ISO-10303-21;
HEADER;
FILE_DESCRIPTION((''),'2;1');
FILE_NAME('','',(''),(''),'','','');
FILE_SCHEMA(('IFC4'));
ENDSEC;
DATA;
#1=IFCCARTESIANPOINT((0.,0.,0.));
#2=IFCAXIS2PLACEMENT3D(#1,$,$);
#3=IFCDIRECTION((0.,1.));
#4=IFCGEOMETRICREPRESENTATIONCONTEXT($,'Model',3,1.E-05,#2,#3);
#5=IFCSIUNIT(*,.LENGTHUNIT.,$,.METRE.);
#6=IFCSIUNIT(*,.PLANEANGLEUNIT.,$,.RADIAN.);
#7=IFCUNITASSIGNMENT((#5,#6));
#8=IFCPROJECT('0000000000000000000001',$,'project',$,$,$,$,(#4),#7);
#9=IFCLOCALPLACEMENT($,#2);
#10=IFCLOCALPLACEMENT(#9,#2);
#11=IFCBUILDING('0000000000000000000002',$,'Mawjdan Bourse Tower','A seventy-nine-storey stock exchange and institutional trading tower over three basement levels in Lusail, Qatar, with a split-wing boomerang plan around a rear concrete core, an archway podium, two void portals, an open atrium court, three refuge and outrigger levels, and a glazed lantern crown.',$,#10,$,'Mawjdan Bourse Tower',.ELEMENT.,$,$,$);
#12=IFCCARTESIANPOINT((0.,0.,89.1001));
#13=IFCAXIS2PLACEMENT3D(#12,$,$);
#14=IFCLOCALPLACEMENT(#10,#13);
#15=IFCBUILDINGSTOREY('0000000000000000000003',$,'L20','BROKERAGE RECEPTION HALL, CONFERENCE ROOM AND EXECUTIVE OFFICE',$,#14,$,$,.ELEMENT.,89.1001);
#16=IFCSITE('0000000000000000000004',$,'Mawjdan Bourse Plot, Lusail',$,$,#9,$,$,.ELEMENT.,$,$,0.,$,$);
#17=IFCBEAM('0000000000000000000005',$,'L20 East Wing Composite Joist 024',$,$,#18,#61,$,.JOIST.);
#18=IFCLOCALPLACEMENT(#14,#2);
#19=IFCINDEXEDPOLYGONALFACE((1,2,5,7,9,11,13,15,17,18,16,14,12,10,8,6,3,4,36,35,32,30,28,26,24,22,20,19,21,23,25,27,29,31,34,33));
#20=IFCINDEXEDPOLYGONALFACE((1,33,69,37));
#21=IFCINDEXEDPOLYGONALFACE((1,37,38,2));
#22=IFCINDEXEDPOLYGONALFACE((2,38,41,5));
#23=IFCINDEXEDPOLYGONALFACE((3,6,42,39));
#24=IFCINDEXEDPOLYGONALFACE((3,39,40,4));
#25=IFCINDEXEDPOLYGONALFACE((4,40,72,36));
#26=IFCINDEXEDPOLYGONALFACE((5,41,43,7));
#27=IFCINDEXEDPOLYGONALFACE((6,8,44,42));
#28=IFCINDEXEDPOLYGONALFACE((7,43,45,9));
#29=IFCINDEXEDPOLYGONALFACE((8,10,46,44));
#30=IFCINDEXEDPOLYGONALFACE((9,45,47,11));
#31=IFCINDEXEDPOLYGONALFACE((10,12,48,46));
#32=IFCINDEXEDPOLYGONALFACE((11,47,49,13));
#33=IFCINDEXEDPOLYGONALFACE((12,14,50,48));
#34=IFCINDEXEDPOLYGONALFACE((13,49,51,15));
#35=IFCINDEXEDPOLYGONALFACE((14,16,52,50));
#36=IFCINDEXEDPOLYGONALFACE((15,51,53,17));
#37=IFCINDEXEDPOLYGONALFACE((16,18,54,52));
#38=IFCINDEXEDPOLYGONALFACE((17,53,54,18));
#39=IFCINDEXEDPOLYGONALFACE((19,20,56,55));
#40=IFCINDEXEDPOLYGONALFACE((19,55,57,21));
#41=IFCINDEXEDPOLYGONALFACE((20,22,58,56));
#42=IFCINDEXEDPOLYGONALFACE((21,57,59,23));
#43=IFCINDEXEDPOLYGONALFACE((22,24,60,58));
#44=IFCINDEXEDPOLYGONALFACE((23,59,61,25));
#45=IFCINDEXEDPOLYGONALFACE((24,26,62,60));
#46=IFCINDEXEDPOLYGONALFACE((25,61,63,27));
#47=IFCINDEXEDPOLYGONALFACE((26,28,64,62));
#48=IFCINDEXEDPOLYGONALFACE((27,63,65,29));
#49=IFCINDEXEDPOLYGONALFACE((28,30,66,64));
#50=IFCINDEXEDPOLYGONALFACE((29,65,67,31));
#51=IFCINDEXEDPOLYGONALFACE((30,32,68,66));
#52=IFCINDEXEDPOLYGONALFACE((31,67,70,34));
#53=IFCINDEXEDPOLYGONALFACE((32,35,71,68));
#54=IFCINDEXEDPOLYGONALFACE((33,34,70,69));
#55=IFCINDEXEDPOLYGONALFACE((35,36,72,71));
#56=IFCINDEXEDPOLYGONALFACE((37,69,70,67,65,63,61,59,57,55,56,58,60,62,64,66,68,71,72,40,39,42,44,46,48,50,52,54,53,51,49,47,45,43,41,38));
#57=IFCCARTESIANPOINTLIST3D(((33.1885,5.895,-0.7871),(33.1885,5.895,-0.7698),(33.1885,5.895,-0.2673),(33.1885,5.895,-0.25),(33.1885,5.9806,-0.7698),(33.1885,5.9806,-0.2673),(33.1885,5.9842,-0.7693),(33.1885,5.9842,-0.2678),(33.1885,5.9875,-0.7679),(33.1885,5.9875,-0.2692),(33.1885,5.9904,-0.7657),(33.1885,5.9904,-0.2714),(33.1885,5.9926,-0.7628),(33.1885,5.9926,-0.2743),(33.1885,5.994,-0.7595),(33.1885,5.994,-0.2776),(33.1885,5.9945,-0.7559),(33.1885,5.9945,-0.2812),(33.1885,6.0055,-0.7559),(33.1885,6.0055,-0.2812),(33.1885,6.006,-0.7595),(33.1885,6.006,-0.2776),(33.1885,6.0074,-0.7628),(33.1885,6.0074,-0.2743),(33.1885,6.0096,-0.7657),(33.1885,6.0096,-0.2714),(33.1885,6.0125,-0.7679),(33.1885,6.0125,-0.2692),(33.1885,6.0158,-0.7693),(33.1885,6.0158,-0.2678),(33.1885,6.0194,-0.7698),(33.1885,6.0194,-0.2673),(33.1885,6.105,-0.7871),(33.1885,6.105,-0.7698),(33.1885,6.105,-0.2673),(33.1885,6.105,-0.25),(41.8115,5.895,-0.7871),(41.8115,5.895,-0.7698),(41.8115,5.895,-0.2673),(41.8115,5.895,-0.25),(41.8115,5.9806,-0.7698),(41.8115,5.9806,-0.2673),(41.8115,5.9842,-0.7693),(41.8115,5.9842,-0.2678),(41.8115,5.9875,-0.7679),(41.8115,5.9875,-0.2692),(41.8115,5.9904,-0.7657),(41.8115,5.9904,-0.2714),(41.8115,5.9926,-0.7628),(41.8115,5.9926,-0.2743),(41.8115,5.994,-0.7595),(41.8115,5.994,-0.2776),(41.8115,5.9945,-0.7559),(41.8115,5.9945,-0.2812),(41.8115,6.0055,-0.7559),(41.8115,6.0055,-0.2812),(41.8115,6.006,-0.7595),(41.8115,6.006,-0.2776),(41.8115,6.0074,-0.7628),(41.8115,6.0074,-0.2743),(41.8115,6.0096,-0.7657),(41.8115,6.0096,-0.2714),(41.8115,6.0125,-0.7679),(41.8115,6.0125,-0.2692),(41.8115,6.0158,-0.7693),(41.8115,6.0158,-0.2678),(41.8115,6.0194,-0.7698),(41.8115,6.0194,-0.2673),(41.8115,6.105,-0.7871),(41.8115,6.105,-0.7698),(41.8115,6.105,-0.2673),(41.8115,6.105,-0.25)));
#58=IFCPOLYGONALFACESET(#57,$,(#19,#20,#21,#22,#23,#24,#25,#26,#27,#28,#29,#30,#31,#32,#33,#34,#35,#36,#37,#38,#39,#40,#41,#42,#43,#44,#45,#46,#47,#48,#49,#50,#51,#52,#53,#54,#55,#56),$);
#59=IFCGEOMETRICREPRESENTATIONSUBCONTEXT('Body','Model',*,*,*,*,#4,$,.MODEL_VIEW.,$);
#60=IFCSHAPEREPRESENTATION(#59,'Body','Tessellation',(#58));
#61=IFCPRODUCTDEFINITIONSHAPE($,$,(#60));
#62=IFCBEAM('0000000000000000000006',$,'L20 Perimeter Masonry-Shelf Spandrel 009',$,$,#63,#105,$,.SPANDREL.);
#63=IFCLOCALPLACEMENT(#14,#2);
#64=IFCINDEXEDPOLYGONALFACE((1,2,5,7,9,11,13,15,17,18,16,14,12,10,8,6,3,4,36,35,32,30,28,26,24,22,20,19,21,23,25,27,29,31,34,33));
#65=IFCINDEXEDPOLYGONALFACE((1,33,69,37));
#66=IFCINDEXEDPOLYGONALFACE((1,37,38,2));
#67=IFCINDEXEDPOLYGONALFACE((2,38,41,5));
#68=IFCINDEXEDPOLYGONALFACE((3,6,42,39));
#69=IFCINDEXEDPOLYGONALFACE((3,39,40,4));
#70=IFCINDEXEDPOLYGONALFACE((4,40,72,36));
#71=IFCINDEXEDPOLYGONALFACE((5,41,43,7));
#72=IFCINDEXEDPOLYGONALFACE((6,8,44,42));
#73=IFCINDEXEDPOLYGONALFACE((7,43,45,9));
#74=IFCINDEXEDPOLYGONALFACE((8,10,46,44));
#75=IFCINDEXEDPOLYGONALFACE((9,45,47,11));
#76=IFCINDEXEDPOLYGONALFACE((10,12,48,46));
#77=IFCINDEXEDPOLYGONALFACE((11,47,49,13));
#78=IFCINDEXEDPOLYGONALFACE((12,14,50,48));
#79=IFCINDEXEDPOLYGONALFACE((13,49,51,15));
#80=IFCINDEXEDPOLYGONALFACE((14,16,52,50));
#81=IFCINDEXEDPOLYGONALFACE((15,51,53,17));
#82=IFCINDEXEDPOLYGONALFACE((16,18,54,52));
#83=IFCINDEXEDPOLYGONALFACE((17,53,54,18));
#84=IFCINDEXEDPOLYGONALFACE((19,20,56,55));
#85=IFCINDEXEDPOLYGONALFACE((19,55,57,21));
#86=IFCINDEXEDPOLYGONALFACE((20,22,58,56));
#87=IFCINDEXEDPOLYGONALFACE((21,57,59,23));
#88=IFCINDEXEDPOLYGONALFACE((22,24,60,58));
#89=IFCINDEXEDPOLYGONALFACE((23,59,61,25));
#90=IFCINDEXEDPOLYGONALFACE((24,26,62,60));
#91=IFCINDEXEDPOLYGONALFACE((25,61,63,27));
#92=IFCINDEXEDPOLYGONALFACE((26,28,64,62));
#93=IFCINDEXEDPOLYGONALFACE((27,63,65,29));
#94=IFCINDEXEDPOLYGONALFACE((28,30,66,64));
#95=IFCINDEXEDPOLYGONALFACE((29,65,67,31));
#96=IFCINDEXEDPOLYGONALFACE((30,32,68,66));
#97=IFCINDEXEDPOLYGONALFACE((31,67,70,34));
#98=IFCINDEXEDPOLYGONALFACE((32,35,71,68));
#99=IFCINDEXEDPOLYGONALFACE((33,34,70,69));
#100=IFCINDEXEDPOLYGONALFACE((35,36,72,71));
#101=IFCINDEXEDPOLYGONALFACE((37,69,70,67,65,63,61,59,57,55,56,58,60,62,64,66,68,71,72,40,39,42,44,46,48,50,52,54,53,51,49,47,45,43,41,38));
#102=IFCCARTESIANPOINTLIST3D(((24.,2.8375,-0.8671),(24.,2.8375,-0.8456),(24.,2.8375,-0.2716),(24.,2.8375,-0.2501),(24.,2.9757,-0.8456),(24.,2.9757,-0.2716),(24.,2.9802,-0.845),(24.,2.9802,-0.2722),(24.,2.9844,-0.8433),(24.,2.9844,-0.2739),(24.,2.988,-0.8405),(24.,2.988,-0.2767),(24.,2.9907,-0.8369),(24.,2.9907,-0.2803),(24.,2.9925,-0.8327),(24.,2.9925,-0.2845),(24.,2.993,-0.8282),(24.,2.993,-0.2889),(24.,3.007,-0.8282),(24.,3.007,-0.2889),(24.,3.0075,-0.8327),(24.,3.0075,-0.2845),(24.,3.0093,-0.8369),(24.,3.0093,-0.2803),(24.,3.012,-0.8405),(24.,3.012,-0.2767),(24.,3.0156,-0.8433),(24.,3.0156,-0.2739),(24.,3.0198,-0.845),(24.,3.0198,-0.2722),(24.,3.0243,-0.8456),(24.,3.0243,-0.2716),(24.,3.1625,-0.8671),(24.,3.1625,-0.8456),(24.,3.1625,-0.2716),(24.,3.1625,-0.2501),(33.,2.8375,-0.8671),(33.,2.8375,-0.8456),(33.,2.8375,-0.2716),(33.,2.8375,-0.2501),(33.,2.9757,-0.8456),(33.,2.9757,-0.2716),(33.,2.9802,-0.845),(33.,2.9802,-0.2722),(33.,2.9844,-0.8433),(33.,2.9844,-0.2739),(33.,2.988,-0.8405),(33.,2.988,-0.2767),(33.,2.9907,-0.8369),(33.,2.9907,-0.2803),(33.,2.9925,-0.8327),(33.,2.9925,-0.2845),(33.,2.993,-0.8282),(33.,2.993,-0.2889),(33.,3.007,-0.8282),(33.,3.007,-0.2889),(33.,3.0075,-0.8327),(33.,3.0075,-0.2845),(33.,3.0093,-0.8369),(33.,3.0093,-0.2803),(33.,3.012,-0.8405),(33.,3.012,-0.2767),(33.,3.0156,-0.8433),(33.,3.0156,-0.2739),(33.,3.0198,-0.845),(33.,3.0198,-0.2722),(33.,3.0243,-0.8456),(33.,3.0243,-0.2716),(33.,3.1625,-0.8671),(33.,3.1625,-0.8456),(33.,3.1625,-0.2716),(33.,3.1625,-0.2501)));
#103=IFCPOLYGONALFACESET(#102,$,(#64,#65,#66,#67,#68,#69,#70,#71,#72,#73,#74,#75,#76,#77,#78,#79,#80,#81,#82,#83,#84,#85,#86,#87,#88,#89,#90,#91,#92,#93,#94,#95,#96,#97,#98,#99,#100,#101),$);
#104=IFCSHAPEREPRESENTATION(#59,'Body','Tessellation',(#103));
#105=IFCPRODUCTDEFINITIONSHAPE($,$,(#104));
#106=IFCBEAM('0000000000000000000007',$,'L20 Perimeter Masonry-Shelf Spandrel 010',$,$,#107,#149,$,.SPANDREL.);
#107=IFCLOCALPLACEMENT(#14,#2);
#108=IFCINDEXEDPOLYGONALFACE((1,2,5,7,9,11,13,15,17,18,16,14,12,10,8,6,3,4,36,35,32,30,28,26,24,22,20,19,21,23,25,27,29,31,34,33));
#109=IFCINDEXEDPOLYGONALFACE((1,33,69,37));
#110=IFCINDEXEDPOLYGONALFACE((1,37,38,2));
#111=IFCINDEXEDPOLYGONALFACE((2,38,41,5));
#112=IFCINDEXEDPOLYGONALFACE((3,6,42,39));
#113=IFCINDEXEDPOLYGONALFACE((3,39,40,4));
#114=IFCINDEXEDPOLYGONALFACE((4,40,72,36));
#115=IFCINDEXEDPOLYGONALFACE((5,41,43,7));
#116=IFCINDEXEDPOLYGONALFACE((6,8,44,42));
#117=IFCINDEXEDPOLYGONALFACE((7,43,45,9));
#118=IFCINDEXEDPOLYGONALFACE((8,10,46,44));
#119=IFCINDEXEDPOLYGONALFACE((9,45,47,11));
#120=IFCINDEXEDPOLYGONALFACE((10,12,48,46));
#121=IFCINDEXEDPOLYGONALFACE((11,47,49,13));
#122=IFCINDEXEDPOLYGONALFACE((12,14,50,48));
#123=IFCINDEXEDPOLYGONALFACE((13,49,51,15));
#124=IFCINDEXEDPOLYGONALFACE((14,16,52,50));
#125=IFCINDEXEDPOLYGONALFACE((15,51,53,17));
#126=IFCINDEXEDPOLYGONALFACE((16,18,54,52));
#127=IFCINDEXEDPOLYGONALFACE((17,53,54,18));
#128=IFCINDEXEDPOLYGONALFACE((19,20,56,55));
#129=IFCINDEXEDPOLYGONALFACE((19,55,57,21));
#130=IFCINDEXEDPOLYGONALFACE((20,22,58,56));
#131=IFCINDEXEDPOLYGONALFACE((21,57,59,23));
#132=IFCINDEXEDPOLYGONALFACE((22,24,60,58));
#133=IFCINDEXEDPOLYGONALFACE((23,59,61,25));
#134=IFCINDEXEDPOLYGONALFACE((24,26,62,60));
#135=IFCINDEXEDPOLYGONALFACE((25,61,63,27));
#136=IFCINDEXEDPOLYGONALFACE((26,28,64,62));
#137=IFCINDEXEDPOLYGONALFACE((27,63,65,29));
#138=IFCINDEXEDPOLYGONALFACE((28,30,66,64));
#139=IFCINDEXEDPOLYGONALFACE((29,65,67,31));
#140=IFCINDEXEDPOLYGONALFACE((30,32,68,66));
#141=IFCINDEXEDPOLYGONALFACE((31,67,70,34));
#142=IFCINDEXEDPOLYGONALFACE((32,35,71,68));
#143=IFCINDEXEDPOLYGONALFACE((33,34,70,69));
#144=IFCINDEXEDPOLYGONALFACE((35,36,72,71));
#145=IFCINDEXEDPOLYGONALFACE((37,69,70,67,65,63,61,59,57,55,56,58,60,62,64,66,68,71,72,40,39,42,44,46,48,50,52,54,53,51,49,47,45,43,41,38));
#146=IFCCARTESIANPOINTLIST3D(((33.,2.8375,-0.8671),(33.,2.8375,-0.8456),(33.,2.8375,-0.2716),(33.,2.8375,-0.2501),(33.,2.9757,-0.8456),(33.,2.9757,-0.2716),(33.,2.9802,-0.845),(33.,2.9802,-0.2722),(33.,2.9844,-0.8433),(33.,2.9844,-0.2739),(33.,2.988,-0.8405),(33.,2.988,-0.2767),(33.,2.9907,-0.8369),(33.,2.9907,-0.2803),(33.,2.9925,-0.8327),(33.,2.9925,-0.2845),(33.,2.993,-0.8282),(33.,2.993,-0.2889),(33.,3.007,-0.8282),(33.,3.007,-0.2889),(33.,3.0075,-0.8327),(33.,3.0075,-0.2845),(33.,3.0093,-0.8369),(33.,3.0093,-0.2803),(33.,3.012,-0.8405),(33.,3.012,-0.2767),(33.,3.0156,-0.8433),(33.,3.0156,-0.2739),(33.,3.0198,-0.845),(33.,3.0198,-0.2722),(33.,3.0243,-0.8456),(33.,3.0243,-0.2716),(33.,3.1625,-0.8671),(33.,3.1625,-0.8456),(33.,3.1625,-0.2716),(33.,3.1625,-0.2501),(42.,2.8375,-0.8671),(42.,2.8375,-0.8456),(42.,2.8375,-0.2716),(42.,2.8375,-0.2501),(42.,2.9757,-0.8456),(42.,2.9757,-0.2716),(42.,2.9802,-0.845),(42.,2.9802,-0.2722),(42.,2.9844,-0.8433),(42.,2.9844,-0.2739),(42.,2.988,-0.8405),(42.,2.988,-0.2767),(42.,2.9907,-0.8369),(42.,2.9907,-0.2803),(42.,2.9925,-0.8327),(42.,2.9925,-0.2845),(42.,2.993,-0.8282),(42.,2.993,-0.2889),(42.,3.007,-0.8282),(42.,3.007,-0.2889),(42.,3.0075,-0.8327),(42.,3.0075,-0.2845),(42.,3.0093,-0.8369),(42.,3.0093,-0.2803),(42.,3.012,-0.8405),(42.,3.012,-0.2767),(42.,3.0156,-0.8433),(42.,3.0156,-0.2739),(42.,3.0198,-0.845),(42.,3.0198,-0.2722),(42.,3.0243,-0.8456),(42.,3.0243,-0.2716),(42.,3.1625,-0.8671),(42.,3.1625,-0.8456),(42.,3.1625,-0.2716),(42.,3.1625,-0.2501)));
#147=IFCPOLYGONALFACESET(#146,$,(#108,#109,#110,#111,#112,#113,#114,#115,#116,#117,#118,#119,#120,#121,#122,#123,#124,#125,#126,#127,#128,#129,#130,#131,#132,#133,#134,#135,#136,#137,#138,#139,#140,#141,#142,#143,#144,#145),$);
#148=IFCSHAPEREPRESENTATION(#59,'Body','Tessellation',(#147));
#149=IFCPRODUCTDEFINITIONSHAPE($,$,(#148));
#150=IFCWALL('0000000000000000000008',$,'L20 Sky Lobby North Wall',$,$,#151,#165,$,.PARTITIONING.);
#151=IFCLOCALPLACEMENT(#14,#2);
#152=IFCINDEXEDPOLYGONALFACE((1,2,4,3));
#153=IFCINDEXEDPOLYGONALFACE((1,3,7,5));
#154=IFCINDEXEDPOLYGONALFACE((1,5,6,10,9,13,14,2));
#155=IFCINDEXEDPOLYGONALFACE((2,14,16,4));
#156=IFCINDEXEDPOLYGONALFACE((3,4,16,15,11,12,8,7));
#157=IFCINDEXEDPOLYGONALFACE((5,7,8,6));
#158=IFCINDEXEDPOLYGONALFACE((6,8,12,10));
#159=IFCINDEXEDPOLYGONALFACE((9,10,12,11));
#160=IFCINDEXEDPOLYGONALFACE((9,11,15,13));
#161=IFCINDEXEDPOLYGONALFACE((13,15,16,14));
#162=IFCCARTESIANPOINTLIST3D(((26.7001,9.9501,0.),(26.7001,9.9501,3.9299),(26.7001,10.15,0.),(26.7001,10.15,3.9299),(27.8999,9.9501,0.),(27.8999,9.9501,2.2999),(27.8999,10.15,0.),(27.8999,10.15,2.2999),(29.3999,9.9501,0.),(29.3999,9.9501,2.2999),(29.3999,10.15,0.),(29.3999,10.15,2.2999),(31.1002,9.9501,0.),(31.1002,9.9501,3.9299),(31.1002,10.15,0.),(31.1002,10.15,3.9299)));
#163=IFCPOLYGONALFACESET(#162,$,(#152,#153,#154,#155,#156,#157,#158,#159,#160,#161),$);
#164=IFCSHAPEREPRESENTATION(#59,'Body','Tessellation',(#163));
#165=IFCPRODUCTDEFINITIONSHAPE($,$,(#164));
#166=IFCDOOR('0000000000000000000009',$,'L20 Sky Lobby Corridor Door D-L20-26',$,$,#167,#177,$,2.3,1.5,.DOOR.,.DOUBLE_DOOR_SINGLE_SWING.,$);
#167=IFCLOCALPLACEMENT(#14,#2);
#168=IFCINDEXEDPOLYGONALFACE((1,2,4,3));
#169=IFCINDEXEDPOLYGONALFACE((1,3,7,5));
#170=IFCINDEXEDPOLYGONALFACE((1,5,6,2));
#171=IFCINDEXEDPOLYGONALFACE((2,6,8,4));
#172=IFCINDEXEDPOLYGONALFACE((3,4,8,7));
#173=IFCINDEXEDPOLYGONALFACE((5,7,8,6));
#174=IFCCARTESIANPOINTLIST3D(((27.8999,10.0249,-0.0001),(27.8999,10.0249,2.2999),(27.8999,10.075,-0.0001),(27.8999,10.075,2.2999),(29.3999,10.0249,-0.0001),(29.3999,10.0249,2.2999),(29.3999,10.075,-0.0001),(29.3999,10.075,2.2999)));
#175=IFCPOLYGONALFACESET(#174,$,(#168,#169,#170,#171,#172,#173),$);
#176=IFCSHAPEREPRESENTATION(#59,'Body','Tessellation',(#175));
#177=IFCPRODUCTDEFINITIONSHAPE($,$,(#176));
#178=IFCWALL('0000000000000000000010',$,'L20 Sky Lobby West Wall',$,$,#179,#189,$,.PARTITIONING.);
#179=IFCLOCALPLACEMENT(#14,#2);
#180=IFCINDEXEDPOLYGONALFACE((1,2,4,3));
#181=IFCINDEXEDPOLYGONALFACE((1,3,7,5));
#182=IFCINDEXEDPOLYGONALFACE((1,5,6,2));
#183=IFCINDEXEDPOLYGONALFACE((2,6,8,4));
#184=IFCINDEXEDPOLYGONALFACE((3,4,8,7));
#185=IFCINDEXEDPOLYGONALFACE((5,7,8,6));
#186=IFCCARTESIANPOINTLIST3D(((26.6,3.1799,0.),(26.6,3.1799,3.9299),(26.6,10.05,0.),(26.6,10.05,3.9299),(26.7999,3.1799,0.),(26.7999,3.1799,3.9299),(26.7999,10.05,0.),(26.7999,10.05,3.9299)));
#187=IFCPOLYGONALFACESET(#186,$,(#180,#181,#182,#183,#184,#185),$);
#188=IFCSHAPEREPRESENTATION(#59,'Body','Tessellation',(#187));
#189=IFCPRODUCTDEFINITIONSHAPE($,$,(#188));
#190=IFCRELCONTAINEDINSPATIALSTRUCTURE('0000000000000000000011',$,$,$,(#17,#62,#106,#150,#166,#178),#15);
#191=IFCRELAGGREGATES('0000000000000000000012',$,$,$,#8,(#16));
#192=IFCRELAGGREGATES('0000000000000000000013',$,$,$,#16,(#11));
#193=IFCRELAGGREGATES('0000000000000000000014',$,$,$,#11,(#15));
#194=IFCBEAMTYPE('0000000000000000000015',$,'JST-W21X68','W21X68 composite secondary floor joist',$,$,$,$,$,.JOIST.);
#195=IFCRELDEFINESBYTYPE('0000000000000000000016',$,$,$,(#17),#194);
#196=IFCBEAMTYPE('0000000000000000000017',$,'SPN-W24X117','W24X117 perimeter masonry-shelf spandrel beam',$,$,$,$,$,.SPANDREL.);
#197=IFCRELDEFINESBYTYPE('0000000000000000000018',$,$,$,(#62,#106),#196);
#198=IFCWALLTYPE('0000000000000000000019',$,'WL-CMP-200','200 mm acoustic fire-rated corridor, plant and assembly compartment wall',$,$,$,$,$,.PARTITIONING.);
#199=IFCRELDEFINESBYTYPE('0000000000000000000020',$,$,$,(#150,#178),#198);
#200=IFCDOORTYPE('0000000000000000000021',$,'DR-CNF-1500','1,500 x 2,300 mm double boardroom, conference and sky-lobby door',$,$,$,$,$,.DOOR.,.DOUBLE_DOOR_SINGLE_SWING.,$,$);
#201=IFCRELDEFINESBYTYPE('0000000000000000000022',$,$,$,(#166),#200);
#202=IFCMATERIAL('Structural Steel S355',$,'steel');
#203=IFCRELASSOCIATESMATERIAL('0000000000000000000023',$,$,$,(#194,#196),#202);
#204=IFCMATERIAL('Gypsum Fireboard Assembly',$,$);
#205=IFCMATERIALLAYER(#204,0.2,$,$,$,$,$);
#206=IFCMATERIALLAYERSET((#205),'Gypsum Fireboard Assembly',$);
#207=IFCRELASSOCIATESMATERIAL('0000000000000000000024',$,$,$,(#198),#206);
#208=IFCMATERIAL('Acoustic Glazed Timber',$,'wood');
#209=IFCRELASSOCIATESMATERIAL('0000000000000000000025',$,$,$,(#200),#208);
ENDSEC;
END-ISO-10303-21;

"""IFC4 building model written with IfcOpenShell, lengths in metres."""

from ifc_helpers import new_model, si_unit, direction, frame, frame_2d, origin, origin_2d, place, context, subcontext, project, spatial, rectangle, i_section, extrude, material, layer, layer_set, material_profile, profile_set, type_object, element, fill, save


model = new_model("IFC4")

# Units and contexts
model_context = context("Model", 3, precision=1e-05, world=origin(), true_north=direction((0.0, 1.0)))
body_context = subcontext(model_context, "Body", "Model", "MODEL_VIEW")
ifc_project = project(units=[si_unit("LENGTHUNIT", "METRE"), si_unit("PLANEANGLEUNIT", "RADIAN")], contexts=[model_context])

# Site, building, storey
site_placement = place(None, origin())
site = spatial("IfcSite", under=ifc_project, at=site_placement, Name="Mawjdan Bourse Plot, Lusail", CompositionType="ELEMENT", RefElevation=0.0)
building_placement = place(site_placement, origin())
building = spatial("IfcBuilding", under=site, at=building_placement, Name="Mawjdan Bourse Tower", Description="A seventy-nine-storey stock exchange and institutional trading tower over three basement levels in Lusail, Qatar, with a split-wing boomerang plan around a rear concrete core, an archway podium, two void portals, an open atrium court, three refuge and outrigger levels, and a glazed lantern crown.", LongName="Mawjdan Bourse Tower", CompositionType="ELEMENT")
storey_placement = place(building_placement, frame((0.0, 0.0, 89.1001)))
storey = spatial("IfcBuildingStorey", under=building, at=storey_placement, Name="L20", Description="BROKERAGE RECEPTION HALL, CONFERENCE ROOM AND EXECUTIVE OFFICE", CompositionType="ELEMENT", Elevation=89.1001)

# Beams
ifc_material_1 = material(Name="Structural Steel S355", Category="steel")
ifc_material_profile_1 = material_profile(ifc_material_1, i_section(OverallWidth=0.21, OverallDepth=0.5371, WebThickness=0.011, FlangeThickness=0.0173, FilletRadius=0.0139, at=origin_2d()), Name="W21X68")
ifc_profile_set_1 = profile_set([ifc_material_profile_1], Name="Structural Steel S355")
beam_type_1 = type_object("IfcBeamType", Name="JST-W21X68", Description="W21X68 composite secondary floor joist", PredefinedType="JOIST", material=ifc_profile_set_1)
beam_1_placement = place(storey_placement, frame((33.1885, 6.0, -0.5186), z_axis=(1.0, 0.0, 0.0), x_axis=(0.0, 1.0, 0.0)))
element("IfcBeam", 1, at=beam_1_placement, inside=storey, type_object=beam_type_1, Name="L20 East Wing Composite Joist 024", PredefinedType="JOIST", context=body_context, shape_type="SweptSolid", body=[
    extrude(i_section(OverallWidth=0.21, OverallDepth=0.5371, WebThickness=0.011, FlangeThickness=0.0173, FilletRadius=0.0139, at=origin_2d()), origin(), (0.0, 0.0, 1.0), 8.623),
])
ifc_material_profile_2 = material_profile(ifc_material_1, i_section(OverallWidth=0.325, OverallDepth=0.6169, WebThickness=0.0139, FlangeThickness=0.0215, FilletRadius=0.0173, at=origin_2d()), Name="W24X117")
ifc_profile_set_2 = profile_set([ifc_material_profile_2], Name="Structural Steel S355")
beam_type_2 = type_object("IfcBeamType", Name="SPN-W24X117", Description="W24X117 perimeter masonry-shelf spandrel beam", PredefinedType="SPANDREL", material=ifc_profile_set_2)
for number, where, z_axis, x_axis, name in (
    (2, (24.0, 3.0, -0.5586), (1.0, 0.0, 0.0), (0.0, 1.0, 0.0), "L20 Perimeter Masonry-Shelf Spandrel 009"),
    (3, (33.0, 3.0, -0.5586), (1.0, 0.0, 0.0), (0.0, 1.0, 0.0), "L20 Perimeter Masonry-Shelf Spandrel 010"),
):
    element("IfcBeam", number, at=place(storey_placement, frame(where, z_axis=z_axis, x_axis=x_axis)), inside=storey, type_object=beam_type_2, Name=name, PredefinedType="SPANDREL", context=body_context, shape_type="SweptSolid", body=[
        extrude(i_section(OverallWidth=0.325, OverallDepth=0.6169, WebThickness=0.0139, FlangeThickness=0.0215, FilletRadius=0.0173, at=origin_2d()), origin(), (0.0, 0.0, 1.0), 9.0),
    ])

# Wall, opening, door
ifc_material_2 = material(Name="Gypsum Fireboard Assembly")
ifc_layer_1 = layer(ifc_material_2, 0.2)
ifc_layer_set_1 = layer_set([ifc_layer_1], Name="Gypsum Fireboard Assembly")
wall_type_1 = type_object("IfcWallType", Name="WL-CMP-200", Description="200 mm acoustic fire-rated corridor, plant and assembly compartment wall", PredefinedType="PARTITIONING", material=ifc_layer_set_1)
wall_1_placement = place(storey_placement, frame((26.7, 10.05, 0.0), z_axis=(0.0, 0.0, 1.0), x_axis=(1.0, 0.0, 0.0)))
wall_1 = element("IfcWall", 4, at=wall_1_placement, inside=storey, type_object=wall_type_1, Name="L20 Sky Lobby North Wall", PredefinedType="PARTITIONING", context=body_context, shape_type="SweptSolid", body=[
    extrude(rectangle(XDim=4.4001, YDim=0.2, at=frame_2d((2.2002, 0.0))), origin(), (0.0, 0.0, 1.0), 3.9299),
])
opening_1_placement = place(wall_1_placement, frame((1.2, 0.0, 0.0)))
opening_1 = element("IfcOpeningElement", 5, at=opening_1_placement, cuts=wall_1, PredefinedType="OPENING", context=body_context, shape_type="SweptSolid", body=[
    extrude(rectangle(XDim=1.5, YDim=2.3, at=frame_2d((0.75, 1.1499))), frame((0.0, 0.1099, 0.0), z_axis=(0.0, -1.0, 0.0), x_axis=(1.0, 0.0, 0.0)), (0.0, 0.0, 1.0), 0.22),
])
ifc_material_3 = material(Name="Acoustic Glazed Timber", Category="wood")
door_type_1 = type_object("IfcDoorType", Name="DR-CNF-1500", Description="1,500 x 2,300 mm double boardroom, conference and sky-lobby door", OperationType="DOUBLE_DOOR_SINGLE_SWING", PredefinedType="DOOR", material=ifc_material_3)
door_1_placement = place(opening_1_placement, origin())
door_1 = element("IfcDoor", 6, at=door_1_placement, inside=storey, type_object=door_type_1, Name="L20 Sky Lobby Corridor Door D-L20-26", OperationType="DOUBLE_DOOR_SINGLE_SWING", OverallHeight=2.3, OverallWidth=1.5, PredefinedType="DOOR", context=body_context, shape_type="SweptSolid", body=[
    extrude(rectangle(XDim=1.5, YDim=2.3, at=frame_2d((0.75, 1.1499))), frame((0.0, 0.0249, 0.0), z_axis=(0.0, -1.0, 0.0), x_axis=(1.0, 0.0, 0.0)), (0.0, 0.0, 1.0), 0.05),
])
fill(opening_1, door_1)

# Wall
wall_2_placement = place(storey_placement, frame((26.7, 3.1799, 0.0), z_axis=(0.0, 0.0, 1.0), x_axis=(0.0, 1.0, 0.0)))
element("IfcWall", 7, at=wall_2_placement, inside=storey, type_object=wall_type_1, Name="L20 Sky Lobby West Wall", PredefinedType="PARTITIONING", context=body_context, shape_type="SweptSolid", body=[
    extrude(rectangle(XDim=6.8701, YDim=0.2, at=frame_2d((3.4351, 0.0))), origin(), (0.0, 0.0, 1.0), 3.9299),
])

save(model, "model.ifc")
